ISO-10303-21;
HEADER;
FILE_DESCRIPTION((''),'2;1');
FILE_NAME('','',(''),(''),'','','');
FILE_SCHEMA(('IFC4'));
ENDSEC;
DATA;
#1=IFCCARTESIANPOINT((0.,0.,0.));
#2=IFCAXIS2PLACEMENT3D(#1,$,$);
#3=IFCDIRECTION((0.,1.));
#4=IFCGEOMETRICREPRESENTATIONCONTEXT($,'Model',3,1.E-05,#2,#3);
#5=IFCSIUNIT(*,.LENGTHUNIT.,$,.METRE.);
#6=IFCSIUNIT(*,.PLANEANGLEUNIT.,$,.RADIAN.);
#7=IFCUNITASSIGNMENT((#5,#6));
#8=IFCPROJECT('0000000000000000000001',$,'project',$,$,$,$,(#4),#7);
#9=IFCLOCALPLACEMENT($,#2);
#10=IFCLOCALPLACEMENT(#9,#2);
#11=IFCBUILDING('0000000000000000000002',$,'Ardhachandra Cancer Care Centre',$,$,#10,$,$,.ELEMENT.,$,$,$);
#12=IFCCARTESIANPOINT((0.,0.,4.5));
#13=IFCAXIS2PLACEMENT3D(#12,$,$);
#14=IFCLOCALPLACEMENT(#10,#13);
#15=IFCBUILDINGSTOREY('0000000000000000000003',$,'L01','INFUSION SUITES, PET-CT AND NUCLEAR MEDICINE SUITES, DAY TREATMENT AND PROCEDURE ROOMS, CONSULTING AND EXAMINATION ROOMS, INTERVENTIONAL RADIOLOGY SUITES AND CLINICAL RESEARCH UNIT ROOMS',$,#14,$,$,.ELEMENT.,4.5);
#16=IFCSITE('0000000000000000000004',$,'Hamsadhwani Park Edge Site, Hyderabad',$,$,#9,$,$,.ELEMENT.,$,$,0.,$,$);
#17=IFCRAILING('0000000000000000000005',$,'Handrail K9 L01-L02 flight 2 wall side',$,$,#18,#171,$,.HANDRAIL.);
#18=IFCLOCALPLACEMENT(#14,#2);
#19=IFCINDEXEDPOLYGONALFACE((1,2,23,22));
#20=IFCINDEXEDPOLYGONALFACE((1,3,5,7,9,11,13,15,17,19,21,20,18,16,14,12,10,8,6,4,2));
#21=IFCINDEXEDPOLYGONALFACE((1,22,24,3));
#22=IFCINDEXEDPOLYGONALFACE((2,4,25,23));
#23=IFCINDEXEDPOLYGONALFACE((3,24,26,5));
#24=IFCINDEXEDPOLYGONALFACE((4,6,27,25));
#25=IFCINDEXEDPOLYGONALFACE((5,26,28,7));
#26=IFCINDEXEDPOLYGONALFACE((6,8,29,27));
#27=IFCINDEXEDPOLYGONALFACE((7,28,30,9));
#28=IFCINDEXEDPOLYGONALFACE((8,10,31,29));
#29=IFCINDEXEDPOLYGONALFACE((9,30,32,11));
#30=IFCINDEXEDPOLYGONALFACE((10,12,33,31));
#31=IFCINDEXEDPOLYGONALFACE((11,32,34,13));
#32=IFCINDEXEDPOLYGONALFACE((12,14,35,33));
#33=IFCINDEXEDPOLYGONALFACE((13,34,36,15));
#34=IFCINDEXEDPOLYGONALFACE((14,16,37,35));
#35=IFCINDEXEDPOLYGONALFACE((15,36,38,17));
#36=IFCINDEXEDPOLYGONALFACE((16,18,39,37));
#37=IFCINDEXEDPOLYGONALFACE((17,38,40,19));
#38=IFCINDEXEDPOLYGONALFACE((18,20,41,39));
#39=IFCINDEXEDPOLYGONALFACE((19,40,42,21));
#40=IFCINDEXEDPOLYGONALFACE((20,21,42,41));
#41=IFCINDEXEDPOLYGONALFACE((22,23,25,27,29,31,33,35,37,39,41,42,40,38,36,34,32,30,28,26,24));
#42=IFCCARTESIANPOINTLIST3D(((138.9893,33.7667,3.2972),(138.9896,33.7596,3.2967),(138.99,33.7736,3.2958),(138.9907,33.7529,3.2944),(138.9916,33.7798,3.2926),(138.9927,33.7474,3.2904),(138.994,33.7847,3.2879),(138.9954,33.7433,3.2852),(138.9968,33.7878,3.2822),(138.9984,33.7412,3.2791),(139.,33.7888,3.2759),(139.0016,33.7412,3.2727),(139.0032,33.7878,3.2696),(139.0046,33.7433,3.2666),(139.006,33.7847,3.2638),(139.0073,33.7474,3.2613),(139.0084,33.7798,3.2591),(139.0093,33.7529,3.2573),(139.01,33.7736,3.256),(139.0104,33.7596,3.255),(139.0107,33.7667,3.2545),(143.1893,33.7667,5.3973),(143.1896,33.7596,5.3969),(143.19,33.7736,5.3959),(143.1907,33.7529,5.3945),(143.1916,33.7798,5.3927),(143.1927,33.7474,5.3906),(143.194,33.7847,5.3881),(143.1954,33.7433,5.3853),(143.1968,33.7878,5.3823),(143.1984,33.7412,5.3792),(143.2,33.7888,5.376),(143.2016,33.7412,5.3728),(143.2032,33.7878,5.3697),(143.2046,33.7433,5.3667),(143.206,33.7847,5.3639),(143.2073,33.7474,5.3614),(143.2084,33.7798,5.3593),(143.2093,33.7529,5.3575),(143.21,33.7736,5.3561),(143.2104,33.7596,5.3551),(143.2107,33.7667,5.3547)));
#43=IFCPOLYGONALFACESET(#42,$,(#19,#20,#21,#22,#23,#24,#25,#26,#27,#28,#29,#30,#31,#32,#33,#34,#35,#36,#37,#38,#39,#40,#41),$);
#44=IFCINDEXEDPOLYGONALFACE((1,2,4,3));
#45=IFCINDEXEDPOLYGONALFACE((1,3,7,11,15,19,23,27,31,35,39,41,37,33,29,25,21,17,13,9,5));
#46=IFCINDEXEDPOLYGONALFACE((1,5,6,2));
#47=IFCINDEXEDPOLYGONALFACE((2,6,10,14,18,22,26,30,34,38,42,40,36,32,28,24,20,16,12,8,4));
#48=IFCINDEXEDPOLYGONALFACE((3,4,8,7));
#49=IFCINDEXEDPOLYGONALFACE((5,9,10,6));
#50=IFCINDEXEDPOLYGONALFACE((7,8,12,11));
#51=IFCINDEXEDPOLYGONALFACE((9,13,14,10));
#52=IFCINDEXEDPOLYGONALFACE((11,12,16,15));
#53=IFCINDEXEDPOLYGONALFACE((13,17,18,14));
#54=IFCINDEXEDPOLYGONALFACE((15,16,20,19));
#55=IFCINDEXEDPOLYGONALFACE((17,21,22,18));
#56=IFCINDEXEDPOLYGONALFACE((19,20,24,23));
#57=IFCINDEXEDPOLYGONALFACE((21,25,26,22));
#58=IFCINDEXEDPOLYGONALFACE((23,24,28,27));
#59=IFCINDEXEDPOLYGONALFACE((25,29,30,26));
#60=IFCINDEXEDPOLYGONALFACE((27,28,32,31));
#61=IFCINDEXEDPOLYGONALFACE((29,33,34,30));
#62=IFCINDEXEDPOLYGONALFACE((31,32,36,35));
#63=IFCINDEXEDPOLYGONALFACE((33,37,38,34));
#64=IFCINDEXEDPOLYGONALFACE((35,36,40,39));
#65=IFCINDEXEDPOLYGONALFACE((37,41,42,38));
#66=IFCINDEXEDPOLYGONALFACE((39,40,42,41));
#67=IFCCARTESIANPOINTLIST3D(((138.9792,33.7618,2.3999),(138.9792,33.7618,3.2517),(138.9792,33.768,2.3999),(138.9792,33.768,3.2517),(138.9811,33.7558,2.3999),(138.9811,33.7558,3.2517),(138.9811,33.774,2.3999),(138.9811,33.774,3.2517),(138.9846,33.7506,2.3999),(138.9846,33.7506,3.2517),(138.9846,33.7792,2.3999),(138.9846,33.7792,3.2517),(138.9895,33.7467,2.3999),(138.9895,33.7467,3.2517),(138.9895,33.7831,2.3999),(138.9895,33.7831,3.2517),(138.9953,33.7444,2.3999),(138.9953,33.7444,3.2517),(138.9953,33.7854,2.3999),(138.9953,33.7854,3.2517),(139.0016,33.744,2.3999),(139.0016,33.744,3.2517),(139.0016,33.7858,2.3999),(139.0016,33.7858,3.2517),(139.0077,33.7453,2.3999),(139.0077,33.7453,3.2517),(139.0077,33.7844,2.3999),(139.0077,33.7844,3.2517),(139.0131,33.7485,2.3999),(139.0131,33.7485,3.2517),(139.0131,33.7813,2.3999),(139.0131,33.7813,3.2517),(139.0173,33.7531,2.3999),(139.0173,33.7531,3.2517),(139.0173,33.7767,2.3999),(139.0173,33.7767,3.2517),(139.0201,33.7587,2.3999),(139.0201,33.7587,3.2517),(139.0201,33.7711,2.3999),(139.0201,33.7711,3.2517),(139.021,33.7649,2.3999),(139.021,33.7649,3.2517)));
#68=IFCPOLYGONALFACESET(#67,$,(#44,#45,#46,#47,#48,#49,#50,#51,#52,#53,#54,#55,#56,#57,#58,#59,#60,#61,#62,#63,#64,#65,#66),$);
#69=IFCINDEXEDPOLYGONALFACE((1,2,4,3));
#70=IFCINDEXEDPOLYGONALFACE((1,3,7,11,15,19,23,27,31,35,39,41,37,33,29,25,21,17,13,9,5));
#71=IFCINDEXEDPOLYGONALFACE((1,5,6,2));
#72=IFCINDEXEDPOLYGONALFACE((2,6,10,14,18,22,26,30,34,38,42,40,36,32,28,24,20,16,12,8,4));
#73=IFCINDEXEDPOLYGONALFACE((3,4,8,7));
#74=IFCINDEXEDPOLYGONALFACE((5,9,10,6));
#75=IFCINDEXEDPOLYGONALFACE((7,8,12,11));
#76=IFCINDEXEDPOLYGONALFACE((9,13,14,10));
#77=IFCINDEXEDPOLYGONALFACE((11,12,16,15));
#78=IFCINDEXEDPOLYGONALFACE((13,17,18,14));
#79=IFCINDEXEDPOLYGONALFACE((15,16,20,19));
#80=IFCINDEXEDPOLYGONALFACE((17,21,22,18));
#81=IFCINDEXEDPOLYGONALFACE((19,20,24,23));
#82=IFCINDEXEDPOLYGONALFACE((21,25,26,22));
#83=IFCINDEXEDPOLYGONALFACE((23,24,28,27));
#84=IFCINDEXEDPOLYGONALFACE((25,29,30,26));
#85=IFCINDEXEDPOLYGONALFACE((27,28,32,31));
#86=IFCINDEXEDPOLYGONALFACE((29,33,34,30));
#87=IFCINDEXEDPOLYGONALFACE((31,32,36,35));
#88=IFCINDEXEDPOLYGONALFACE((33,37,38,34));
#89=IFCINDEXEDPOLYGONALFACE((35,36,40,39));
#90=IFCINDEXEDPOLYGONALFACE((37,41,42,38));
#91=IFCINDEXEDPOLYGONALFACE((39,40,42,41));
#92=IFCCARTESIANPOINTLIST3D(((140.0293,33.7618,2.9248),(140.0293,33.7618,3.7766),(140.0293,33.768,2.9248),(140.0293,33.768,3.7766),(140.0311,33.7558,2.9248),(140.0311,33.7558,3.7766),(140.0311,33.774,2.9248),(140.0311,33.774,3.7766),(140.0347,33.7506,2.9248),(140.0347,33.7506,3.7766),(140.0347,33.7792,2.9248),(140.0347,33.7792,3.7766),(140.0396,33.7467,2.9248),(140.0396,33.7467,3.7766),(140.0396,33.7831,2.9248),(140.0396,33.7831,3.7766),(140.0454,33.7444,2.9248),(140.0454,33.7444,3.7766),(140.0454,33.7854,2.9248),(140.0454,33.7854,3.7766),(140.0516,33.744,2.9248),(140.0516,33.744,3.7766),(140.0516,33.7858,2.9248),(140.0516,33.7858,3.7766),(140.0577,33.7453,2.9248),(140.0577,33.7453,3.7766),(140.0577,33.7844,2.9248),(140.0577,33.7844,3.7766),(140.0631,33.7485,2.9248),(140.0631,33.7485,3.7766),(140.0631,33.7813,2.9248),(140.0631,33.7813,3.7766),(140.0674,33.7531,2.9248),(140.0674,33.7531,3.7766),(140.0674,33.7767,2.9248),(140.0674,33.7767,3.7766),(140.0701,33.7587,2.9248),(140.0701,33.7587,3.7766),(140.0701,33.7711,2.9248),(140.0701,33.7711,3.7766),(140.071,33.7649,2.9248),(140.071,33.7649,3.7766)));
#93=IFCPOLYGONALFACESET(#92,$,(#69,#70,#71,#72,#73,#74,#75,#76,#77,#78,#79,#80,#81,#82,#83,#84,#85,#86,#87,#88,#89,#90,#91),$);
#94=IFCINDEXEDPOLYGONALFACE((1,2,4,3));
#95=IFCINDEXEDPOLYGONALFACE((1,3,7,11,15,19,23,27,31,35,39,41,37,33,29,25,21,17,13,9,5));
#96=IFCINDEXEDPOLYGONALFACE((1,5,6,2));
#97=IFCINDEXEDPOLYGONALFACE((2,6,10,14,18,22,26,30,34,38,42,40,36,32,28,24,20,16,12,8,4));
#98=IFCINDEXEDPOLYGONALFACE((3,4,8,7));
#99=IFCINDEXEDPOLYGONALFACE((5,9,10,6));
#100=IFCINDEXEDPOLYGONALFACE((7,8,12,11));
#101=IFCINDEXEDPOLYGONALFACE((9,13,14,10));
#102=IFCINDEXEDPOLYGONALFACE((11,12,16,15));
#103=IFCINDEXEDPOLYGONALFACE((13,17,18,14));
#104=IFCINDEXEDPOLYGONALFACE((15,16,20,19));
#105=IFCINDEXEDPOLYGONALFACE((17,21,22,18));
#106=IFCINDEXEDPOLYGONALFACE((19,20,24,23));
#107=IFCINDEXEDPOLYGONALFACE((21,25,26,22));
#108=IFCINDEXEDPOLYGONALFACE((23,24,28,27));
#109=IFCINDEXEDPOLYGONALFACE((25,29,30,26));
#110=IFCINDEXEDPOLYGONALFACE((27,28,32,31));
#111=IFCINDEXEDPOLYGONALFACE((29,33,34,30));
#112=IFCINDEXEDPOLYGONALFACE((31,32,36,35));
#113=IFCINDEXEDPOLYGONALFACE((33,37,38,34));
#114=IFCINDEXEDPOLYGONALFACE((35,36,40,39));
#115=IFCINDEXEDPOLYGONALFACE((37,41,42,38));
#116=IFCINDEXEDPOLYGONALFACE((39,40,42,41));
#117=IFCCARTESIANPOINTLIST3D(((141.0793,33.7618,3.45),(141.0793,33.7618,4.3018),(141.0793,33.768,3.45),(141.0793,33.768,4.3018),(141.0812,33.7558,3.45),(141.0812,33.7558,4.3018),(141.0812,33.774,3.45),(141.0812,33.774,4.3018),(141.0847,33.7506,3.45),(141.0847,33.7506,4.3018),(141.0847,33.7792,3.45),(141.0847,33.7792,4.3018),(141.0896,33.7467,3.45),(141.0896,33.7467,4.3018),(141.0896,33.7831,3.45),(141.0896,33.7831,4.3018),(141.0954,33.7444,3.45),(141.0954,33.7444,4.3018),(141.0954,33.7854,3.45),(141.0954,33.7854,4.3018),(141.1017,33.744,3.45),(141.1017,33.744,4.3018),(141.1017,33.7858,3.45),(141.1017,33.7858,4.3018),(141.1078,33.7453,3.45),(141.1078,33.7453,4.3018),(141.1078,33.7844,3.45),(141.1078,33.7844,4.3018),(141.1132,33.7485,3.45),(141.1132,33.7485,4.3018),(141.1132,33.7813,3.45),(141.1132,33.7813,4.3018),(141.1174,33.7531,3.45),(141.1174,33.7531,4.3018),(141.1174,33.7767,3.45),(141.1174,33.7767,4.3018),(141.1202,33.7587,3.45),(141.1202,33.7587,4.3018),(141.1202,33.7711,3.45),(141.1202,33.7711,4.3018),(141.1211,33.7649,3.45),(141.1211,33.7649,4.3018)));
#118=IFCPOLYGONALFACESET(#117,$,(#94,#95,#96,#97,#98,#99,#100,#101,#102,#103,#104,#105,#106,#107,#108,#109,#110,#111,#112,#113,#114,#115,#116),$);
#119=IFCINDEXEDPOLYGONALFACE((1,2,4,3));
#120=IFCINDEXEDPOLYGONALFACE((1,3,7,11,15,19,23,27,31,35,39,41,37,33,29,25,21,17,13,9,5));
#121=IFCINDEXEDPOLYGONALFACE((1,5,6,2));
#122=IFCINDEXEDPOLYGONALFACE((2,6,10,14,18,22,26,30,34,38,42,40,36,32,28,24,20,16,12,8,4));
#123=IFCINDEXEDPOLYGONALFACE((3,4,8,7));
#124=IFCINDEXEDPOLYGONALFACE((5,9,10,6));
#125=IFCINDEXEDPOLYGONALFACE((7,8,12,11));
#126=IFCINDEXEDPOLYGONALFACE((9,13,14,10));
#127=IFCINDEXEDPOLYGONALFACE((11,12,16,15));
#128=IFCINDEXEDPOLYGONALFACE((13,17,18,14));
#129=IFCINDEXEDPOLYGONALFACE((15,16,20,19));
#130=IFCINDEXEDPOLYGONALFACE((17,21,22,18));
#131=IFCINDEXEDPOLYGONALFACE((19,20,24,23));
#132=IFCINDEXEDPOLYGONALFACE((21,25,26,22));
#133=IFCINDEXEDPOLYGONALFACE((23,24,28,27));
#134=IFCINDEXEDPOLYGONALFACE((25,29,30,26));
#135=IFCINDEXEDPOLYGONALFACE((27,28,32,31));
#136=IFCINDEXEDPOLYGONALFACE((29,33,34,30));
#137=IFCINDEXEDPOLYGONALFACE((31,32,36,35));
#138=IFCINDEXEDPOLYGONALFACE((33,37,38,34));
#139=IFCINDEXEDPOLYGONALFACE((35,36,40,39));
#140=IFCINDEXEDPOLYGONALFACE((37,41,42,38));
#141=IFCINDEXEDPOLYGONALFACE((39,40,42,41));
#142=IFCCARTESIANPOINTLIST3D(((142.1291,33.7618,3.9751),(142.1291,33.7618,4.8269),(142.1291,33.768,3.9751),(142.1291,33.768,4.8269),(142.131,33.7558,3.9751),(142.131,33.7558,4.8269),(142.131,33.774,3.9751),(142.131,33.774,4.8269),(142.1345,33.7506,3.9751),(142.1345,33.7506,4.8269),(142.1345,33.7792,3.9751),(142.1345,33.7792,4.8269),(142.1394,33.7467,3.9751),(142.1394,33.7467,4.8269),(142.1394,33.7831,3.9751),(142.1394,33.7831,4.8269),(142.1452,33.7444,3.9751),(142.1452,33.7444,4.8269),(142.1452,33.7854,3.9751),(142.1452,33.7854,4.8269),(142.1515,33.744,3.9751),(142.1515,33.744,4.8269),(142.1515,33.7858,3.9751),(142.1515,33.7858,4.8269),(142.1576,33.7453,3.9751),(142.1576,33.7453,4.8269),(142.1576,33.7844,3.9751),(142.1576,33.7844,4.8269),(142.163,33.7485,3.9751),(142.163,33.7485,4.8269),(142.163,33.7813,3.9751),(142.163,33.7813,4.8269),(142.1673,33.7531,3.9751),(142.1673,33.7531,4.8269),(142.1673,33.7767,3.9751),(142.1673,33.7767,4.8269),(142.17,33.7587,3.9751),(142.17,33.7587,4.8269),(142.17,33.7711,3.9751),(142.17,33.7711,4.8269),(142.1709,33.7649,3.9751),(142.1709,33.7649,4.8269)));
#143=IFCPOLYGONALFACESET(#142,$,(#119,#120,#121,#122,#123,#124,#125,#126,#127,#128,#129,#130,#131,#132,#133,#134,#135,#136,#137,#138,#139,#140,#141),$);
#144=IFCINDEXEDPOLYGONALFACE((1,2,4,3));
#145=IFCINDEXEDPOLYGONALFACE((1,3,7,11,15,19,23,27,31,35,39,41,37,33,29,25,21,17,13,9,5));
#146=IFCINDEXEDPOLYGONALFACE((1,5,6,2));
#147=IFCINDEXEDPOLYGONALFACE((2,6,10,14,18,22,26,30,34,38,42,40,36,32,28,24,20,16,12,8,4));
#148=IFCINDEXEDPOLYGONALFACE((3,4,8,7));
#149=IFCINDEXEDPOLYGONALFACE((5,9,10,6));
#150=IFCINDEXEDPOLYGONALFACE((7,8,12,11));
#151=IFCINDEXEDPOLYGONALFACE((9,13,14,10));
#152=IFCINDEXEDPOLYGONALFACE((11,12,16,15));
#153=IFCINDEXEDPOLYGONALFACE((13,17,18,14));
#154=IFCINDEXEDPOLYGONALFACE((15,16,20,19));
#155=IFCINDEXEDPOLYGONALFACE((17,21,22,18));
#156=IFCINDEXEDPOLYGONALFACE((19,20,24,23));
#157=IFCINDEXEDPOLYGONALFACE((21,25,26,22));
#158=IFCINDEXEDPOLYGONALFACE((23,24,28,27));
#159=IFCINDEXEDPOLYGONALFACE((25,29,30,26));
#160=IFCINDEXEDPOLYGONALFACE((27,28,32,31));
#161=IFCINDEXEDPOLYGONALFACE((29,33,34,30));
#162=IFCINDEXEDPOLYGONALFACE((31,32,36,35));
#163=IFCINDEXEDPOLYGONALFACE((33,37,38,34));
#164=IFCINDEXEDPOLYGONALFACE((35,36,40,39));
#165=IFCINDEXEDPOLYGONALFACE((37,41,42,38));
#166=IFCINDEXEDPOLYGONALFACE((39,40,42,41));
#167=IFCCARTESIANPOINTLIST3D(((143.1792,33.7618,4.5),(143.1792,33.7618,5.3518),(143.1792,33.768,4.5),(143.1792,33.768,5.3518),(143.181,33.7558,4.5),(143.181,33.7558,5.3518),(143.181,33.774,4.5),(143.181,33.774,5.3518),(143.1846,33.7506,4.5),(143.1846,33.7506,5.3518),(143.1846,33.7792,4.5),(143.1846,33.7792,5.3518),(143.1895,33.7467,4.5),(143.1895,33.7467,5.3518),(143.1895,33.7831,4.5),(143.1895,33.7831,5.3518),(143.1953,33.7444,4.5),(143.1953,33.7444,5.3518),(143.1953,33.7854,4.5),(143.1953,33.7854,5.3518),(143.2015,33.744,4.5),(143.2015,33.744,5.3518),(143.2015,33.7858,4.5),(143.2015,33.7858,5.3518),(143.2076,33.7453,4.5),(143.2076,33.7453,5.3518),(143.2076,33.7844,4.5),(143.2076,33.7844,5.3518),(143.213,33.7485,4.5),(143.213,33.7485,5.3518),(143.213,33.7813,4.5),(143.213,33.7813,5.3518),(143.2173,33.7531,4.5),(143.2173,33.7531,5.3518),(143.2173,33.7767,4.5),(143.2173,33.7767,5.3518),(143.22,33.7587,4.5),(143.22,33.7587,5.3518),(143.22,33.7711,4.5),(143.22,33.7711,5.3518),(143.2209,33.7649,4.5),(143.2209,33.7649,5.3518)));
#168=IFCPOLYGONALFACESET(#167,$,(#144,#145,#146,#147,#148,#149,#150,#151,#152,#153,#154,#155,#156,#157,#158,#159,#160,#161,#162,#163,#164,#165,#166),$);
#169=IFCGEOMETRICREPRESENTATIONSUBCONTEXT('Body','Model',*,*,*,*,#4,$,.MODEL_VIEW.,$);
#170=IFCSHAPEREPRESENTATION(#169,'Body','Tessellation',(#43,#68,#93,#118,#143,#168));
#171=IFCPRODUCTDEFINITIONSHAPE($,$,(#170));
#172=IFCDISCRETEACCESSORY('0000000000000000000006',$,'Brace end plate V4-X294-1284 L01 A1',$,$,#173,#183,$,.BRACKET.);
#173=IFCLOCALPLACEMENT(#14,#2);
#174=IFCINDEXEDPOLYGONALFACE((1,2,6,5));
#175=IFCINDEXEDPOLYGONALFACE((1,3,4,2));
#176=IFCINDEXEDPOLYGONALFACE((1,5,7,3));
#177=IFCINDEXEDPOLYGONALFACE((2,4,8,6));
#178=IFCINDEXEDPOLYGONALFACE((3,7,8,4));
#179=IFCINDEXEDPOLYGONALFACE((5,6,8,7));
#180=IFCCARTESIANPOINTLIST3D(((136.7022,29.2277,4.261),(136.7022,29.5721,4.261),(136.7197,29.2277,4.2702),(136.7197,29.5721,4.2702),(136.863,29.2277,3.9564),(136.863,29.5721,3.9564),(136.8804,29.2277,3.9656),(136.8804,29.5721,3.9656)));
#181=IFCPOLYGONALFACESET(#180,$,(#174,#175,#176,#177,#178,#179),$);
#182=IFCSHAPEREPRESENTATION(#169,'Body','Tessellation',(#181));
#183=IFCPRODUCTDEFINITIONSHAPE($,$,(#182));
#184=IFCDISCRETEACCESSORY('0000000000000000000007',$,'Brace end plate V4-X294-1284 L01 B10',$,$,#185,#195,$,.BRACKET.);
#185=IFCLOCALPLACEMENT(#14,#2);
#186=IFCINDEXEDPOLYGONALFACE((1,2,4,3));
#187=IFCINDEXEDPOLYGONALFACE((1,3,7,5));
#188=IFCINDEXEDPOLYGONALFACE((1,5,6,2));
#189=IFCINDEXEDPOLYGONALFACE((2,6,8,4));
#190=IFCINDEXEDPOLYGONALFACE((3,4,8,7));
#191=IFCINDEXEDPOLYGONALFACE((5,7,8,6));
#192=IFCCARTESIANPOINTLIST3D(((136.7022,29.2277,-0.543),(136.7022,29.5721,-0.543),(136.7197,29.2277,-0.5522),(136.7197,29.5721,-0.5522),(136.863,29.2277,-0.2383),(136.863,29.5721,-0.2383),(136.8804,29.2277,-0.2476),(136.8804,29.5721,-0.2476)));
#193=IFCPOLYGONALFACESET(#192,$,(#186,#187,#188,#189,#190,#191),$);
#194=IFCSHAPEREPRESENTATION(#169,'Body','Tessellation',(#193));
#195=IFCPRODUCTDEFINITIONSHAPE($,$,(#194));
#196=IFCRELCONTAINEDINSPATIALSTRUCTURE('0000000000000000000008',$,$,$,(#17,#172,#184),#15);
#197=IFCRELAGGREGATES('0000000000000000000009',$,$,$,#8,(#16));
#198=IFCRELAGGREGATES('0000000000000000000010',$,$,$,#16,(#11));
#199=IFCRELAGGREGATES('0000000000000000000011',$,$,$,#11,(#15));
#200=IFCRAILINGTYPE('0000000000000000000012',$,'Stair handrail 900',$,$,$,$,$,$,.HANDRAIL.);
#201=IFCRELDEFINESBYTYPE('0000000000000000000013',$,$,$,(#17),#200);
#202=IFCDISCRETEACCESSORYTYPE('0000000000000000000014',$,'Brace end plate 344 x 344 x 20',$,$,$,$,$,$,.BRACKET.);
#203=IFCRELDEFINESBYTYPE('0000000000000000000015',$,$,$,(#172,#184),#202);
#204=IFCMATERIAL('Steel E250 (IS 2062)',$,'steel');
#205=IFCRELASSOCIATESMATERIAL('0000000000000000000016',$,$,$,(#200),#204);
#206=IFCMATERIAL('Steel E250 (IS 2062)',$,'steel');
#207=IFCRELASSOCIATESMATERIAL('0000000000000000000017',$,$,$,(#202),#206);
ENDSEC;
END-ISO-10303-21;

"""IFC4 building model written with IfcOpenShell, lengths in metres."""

from ifc_helpers import new_model, si_unit, direction, frame, origin, origin_2d, place, context, subcontext, project, spatial, rectangle, circle, extrude, material, material_profile, profile_set, type_object, element, save


model = new_model("IFC4")

# Units and contexts
model_context = context("Model", 3, precision=1e-05, world=origin(), true_north=direction((0.0, 1.0)))
body_context = subcontext(model_context, "Body", "Model", "MODEL_VIEW")
ifc_project = project(units=[si_unit("LENGTHUNIT", "METRE"), si_unit("PLANEANGLEUNIT", "RADIAN")], contexts=[model_context])

# Site, building, storey
site_placement = place(None, origin())
site = spatial("IfcSite", under=ifc_project, at=site_placement, Name="Hamsadhwani Park Edge Site, Hyderabad", CompositionType="ELEMENT", RefElevation=0.0)
building_placement = place(site_placement, origin())
building = spatial("IfcBuilding", under=site, at=building_placement, Name="Ardhachandra Cancer Care Centre", CompositionType="ELEMENT")
storey_placement = place(building_placement, frame((0.0, 0.0, 4.5)))
storey = spatial("IfcBuildingStorey", under=building, at=storey_placement, Name="L01", Description="INFUSION SUITES, PET-CT AND NUCLEAR MEDICINE SUITES, DAY TREATMENT AND PROCEDURE ROOMS, CONSULTING AND EXAMINATION ROOMS, INTERVENTIONAL RADIOLOGY SUITES AND CLINICAL RESEARCH UNIT ROOMS", CompositionType="ELEMENT", Elevation=4.5)

# Railing
ifc_material_1 = material(Name="Steel E250 (IS 2062)", Category="steel")
railing_type = type_object("IfcRailingType", Name="Stair handrail 900", PredefinedType="HANDRAIL", material=ifc_material_1)
for number, where, name in (
    (1, (139.0, 33.7649, 2.3999), "Handrail K9 L01-L02 flight 2 wall side"),
):
    element("IfcRailing", number, at=place(storey_placement, frame(where)), inside=storey, type_object=railing_type, Name=name, PredefinedType="HANDRAIL", context=body_context, shape_type="SweptSolid", body=[
        extrude(circle(Radius=0.0239, at=origin_2d()), frame((0.0, 0.0, 0.876), z_axis=(0.894417, 0.0, 0.447234), x_axis=(0.0, 1.0, 0.0)), (0.0, 0.0, 1.0), 4.6958),
        extrude(circle(Radius=0.021, at=origin_2d()), origin(), (0.0, 0.0, 1.0), 0.8518),
        extrude(circle(Radius=0.021, at=origin_2d()), frame((1.05, 0.0, 0.5249)), (0.0, 0.0, 1.0), 0.8518),
        extrude(circle(Radius=0.021, at=origin_2d()), frame((2.1001, 0.0, 1.05)), (0.0, 0.0, 1.0), 0.8518),
        extrude(circle(Radius=0.021, at=origin_2d()), frame((3.1499, 0.0, 1.5752)), (0.0, 0.0, 1.0), 0.8518),
        extrude(circle(Radius=0.021, at=origin_2d()), frame((4.2, 0.0, 2.1001)), (0.0, 0.0, 1.0), 0.8518),
    ])

# Discrete accessories
ifc_material_2 = material(Name="Steel E250 (IS 2062)", Category="steel")
ifc_material_profile_1 = material_profile(ifc_material_2, rectangle(XDim=0.3445, YDim=0.3445, at=origin_2d()), Name="PL 344x344x20")
ifc_profile_set_1 = profile_set([ifc_material_profile_1], Name="Steel E250 (IS 2062)")
discrete_accessory_type = type_object("IfcDiscreteAccessoryType", Name="Brace end plate 344 x 344 x 20", PredefinedType="BRACKET", material=ifc_profile_set_1)
for number, where, z_axis, x_axis, name in (
    (2, (136.8, 29.3999, 4.1179), (-0.884385, 0.0, -0.466759), (0.0, -1.0, 0.0), "Brace end plate V4-X294-1284 L01 A1"),
    (3, (136.8, 29.3999, -0.3999), (-0.884385, 0.0, 0.466759), (0.0, -1.0, 0.0), "Brace end plate V4-X294-1284 L01 B10"),
):
    element("IfcDiscreteAccessory", number, at=place(storey_placement, frame(where, z_axis=z_axis, x_axis=x_axis)), inside=storey, type_object=discrete_accessory_type, Name=name, PredefinedType="BRACKET", context=body_context, shape_type="SweptSolid", body=[
        extrude(rectangle(XDim=0.3445, YDim=0.3445, at=origin_2d()), origin(), (0.0, 0.0, 1.0), 0.0198),
    ])

save(model, "model.ifc")
